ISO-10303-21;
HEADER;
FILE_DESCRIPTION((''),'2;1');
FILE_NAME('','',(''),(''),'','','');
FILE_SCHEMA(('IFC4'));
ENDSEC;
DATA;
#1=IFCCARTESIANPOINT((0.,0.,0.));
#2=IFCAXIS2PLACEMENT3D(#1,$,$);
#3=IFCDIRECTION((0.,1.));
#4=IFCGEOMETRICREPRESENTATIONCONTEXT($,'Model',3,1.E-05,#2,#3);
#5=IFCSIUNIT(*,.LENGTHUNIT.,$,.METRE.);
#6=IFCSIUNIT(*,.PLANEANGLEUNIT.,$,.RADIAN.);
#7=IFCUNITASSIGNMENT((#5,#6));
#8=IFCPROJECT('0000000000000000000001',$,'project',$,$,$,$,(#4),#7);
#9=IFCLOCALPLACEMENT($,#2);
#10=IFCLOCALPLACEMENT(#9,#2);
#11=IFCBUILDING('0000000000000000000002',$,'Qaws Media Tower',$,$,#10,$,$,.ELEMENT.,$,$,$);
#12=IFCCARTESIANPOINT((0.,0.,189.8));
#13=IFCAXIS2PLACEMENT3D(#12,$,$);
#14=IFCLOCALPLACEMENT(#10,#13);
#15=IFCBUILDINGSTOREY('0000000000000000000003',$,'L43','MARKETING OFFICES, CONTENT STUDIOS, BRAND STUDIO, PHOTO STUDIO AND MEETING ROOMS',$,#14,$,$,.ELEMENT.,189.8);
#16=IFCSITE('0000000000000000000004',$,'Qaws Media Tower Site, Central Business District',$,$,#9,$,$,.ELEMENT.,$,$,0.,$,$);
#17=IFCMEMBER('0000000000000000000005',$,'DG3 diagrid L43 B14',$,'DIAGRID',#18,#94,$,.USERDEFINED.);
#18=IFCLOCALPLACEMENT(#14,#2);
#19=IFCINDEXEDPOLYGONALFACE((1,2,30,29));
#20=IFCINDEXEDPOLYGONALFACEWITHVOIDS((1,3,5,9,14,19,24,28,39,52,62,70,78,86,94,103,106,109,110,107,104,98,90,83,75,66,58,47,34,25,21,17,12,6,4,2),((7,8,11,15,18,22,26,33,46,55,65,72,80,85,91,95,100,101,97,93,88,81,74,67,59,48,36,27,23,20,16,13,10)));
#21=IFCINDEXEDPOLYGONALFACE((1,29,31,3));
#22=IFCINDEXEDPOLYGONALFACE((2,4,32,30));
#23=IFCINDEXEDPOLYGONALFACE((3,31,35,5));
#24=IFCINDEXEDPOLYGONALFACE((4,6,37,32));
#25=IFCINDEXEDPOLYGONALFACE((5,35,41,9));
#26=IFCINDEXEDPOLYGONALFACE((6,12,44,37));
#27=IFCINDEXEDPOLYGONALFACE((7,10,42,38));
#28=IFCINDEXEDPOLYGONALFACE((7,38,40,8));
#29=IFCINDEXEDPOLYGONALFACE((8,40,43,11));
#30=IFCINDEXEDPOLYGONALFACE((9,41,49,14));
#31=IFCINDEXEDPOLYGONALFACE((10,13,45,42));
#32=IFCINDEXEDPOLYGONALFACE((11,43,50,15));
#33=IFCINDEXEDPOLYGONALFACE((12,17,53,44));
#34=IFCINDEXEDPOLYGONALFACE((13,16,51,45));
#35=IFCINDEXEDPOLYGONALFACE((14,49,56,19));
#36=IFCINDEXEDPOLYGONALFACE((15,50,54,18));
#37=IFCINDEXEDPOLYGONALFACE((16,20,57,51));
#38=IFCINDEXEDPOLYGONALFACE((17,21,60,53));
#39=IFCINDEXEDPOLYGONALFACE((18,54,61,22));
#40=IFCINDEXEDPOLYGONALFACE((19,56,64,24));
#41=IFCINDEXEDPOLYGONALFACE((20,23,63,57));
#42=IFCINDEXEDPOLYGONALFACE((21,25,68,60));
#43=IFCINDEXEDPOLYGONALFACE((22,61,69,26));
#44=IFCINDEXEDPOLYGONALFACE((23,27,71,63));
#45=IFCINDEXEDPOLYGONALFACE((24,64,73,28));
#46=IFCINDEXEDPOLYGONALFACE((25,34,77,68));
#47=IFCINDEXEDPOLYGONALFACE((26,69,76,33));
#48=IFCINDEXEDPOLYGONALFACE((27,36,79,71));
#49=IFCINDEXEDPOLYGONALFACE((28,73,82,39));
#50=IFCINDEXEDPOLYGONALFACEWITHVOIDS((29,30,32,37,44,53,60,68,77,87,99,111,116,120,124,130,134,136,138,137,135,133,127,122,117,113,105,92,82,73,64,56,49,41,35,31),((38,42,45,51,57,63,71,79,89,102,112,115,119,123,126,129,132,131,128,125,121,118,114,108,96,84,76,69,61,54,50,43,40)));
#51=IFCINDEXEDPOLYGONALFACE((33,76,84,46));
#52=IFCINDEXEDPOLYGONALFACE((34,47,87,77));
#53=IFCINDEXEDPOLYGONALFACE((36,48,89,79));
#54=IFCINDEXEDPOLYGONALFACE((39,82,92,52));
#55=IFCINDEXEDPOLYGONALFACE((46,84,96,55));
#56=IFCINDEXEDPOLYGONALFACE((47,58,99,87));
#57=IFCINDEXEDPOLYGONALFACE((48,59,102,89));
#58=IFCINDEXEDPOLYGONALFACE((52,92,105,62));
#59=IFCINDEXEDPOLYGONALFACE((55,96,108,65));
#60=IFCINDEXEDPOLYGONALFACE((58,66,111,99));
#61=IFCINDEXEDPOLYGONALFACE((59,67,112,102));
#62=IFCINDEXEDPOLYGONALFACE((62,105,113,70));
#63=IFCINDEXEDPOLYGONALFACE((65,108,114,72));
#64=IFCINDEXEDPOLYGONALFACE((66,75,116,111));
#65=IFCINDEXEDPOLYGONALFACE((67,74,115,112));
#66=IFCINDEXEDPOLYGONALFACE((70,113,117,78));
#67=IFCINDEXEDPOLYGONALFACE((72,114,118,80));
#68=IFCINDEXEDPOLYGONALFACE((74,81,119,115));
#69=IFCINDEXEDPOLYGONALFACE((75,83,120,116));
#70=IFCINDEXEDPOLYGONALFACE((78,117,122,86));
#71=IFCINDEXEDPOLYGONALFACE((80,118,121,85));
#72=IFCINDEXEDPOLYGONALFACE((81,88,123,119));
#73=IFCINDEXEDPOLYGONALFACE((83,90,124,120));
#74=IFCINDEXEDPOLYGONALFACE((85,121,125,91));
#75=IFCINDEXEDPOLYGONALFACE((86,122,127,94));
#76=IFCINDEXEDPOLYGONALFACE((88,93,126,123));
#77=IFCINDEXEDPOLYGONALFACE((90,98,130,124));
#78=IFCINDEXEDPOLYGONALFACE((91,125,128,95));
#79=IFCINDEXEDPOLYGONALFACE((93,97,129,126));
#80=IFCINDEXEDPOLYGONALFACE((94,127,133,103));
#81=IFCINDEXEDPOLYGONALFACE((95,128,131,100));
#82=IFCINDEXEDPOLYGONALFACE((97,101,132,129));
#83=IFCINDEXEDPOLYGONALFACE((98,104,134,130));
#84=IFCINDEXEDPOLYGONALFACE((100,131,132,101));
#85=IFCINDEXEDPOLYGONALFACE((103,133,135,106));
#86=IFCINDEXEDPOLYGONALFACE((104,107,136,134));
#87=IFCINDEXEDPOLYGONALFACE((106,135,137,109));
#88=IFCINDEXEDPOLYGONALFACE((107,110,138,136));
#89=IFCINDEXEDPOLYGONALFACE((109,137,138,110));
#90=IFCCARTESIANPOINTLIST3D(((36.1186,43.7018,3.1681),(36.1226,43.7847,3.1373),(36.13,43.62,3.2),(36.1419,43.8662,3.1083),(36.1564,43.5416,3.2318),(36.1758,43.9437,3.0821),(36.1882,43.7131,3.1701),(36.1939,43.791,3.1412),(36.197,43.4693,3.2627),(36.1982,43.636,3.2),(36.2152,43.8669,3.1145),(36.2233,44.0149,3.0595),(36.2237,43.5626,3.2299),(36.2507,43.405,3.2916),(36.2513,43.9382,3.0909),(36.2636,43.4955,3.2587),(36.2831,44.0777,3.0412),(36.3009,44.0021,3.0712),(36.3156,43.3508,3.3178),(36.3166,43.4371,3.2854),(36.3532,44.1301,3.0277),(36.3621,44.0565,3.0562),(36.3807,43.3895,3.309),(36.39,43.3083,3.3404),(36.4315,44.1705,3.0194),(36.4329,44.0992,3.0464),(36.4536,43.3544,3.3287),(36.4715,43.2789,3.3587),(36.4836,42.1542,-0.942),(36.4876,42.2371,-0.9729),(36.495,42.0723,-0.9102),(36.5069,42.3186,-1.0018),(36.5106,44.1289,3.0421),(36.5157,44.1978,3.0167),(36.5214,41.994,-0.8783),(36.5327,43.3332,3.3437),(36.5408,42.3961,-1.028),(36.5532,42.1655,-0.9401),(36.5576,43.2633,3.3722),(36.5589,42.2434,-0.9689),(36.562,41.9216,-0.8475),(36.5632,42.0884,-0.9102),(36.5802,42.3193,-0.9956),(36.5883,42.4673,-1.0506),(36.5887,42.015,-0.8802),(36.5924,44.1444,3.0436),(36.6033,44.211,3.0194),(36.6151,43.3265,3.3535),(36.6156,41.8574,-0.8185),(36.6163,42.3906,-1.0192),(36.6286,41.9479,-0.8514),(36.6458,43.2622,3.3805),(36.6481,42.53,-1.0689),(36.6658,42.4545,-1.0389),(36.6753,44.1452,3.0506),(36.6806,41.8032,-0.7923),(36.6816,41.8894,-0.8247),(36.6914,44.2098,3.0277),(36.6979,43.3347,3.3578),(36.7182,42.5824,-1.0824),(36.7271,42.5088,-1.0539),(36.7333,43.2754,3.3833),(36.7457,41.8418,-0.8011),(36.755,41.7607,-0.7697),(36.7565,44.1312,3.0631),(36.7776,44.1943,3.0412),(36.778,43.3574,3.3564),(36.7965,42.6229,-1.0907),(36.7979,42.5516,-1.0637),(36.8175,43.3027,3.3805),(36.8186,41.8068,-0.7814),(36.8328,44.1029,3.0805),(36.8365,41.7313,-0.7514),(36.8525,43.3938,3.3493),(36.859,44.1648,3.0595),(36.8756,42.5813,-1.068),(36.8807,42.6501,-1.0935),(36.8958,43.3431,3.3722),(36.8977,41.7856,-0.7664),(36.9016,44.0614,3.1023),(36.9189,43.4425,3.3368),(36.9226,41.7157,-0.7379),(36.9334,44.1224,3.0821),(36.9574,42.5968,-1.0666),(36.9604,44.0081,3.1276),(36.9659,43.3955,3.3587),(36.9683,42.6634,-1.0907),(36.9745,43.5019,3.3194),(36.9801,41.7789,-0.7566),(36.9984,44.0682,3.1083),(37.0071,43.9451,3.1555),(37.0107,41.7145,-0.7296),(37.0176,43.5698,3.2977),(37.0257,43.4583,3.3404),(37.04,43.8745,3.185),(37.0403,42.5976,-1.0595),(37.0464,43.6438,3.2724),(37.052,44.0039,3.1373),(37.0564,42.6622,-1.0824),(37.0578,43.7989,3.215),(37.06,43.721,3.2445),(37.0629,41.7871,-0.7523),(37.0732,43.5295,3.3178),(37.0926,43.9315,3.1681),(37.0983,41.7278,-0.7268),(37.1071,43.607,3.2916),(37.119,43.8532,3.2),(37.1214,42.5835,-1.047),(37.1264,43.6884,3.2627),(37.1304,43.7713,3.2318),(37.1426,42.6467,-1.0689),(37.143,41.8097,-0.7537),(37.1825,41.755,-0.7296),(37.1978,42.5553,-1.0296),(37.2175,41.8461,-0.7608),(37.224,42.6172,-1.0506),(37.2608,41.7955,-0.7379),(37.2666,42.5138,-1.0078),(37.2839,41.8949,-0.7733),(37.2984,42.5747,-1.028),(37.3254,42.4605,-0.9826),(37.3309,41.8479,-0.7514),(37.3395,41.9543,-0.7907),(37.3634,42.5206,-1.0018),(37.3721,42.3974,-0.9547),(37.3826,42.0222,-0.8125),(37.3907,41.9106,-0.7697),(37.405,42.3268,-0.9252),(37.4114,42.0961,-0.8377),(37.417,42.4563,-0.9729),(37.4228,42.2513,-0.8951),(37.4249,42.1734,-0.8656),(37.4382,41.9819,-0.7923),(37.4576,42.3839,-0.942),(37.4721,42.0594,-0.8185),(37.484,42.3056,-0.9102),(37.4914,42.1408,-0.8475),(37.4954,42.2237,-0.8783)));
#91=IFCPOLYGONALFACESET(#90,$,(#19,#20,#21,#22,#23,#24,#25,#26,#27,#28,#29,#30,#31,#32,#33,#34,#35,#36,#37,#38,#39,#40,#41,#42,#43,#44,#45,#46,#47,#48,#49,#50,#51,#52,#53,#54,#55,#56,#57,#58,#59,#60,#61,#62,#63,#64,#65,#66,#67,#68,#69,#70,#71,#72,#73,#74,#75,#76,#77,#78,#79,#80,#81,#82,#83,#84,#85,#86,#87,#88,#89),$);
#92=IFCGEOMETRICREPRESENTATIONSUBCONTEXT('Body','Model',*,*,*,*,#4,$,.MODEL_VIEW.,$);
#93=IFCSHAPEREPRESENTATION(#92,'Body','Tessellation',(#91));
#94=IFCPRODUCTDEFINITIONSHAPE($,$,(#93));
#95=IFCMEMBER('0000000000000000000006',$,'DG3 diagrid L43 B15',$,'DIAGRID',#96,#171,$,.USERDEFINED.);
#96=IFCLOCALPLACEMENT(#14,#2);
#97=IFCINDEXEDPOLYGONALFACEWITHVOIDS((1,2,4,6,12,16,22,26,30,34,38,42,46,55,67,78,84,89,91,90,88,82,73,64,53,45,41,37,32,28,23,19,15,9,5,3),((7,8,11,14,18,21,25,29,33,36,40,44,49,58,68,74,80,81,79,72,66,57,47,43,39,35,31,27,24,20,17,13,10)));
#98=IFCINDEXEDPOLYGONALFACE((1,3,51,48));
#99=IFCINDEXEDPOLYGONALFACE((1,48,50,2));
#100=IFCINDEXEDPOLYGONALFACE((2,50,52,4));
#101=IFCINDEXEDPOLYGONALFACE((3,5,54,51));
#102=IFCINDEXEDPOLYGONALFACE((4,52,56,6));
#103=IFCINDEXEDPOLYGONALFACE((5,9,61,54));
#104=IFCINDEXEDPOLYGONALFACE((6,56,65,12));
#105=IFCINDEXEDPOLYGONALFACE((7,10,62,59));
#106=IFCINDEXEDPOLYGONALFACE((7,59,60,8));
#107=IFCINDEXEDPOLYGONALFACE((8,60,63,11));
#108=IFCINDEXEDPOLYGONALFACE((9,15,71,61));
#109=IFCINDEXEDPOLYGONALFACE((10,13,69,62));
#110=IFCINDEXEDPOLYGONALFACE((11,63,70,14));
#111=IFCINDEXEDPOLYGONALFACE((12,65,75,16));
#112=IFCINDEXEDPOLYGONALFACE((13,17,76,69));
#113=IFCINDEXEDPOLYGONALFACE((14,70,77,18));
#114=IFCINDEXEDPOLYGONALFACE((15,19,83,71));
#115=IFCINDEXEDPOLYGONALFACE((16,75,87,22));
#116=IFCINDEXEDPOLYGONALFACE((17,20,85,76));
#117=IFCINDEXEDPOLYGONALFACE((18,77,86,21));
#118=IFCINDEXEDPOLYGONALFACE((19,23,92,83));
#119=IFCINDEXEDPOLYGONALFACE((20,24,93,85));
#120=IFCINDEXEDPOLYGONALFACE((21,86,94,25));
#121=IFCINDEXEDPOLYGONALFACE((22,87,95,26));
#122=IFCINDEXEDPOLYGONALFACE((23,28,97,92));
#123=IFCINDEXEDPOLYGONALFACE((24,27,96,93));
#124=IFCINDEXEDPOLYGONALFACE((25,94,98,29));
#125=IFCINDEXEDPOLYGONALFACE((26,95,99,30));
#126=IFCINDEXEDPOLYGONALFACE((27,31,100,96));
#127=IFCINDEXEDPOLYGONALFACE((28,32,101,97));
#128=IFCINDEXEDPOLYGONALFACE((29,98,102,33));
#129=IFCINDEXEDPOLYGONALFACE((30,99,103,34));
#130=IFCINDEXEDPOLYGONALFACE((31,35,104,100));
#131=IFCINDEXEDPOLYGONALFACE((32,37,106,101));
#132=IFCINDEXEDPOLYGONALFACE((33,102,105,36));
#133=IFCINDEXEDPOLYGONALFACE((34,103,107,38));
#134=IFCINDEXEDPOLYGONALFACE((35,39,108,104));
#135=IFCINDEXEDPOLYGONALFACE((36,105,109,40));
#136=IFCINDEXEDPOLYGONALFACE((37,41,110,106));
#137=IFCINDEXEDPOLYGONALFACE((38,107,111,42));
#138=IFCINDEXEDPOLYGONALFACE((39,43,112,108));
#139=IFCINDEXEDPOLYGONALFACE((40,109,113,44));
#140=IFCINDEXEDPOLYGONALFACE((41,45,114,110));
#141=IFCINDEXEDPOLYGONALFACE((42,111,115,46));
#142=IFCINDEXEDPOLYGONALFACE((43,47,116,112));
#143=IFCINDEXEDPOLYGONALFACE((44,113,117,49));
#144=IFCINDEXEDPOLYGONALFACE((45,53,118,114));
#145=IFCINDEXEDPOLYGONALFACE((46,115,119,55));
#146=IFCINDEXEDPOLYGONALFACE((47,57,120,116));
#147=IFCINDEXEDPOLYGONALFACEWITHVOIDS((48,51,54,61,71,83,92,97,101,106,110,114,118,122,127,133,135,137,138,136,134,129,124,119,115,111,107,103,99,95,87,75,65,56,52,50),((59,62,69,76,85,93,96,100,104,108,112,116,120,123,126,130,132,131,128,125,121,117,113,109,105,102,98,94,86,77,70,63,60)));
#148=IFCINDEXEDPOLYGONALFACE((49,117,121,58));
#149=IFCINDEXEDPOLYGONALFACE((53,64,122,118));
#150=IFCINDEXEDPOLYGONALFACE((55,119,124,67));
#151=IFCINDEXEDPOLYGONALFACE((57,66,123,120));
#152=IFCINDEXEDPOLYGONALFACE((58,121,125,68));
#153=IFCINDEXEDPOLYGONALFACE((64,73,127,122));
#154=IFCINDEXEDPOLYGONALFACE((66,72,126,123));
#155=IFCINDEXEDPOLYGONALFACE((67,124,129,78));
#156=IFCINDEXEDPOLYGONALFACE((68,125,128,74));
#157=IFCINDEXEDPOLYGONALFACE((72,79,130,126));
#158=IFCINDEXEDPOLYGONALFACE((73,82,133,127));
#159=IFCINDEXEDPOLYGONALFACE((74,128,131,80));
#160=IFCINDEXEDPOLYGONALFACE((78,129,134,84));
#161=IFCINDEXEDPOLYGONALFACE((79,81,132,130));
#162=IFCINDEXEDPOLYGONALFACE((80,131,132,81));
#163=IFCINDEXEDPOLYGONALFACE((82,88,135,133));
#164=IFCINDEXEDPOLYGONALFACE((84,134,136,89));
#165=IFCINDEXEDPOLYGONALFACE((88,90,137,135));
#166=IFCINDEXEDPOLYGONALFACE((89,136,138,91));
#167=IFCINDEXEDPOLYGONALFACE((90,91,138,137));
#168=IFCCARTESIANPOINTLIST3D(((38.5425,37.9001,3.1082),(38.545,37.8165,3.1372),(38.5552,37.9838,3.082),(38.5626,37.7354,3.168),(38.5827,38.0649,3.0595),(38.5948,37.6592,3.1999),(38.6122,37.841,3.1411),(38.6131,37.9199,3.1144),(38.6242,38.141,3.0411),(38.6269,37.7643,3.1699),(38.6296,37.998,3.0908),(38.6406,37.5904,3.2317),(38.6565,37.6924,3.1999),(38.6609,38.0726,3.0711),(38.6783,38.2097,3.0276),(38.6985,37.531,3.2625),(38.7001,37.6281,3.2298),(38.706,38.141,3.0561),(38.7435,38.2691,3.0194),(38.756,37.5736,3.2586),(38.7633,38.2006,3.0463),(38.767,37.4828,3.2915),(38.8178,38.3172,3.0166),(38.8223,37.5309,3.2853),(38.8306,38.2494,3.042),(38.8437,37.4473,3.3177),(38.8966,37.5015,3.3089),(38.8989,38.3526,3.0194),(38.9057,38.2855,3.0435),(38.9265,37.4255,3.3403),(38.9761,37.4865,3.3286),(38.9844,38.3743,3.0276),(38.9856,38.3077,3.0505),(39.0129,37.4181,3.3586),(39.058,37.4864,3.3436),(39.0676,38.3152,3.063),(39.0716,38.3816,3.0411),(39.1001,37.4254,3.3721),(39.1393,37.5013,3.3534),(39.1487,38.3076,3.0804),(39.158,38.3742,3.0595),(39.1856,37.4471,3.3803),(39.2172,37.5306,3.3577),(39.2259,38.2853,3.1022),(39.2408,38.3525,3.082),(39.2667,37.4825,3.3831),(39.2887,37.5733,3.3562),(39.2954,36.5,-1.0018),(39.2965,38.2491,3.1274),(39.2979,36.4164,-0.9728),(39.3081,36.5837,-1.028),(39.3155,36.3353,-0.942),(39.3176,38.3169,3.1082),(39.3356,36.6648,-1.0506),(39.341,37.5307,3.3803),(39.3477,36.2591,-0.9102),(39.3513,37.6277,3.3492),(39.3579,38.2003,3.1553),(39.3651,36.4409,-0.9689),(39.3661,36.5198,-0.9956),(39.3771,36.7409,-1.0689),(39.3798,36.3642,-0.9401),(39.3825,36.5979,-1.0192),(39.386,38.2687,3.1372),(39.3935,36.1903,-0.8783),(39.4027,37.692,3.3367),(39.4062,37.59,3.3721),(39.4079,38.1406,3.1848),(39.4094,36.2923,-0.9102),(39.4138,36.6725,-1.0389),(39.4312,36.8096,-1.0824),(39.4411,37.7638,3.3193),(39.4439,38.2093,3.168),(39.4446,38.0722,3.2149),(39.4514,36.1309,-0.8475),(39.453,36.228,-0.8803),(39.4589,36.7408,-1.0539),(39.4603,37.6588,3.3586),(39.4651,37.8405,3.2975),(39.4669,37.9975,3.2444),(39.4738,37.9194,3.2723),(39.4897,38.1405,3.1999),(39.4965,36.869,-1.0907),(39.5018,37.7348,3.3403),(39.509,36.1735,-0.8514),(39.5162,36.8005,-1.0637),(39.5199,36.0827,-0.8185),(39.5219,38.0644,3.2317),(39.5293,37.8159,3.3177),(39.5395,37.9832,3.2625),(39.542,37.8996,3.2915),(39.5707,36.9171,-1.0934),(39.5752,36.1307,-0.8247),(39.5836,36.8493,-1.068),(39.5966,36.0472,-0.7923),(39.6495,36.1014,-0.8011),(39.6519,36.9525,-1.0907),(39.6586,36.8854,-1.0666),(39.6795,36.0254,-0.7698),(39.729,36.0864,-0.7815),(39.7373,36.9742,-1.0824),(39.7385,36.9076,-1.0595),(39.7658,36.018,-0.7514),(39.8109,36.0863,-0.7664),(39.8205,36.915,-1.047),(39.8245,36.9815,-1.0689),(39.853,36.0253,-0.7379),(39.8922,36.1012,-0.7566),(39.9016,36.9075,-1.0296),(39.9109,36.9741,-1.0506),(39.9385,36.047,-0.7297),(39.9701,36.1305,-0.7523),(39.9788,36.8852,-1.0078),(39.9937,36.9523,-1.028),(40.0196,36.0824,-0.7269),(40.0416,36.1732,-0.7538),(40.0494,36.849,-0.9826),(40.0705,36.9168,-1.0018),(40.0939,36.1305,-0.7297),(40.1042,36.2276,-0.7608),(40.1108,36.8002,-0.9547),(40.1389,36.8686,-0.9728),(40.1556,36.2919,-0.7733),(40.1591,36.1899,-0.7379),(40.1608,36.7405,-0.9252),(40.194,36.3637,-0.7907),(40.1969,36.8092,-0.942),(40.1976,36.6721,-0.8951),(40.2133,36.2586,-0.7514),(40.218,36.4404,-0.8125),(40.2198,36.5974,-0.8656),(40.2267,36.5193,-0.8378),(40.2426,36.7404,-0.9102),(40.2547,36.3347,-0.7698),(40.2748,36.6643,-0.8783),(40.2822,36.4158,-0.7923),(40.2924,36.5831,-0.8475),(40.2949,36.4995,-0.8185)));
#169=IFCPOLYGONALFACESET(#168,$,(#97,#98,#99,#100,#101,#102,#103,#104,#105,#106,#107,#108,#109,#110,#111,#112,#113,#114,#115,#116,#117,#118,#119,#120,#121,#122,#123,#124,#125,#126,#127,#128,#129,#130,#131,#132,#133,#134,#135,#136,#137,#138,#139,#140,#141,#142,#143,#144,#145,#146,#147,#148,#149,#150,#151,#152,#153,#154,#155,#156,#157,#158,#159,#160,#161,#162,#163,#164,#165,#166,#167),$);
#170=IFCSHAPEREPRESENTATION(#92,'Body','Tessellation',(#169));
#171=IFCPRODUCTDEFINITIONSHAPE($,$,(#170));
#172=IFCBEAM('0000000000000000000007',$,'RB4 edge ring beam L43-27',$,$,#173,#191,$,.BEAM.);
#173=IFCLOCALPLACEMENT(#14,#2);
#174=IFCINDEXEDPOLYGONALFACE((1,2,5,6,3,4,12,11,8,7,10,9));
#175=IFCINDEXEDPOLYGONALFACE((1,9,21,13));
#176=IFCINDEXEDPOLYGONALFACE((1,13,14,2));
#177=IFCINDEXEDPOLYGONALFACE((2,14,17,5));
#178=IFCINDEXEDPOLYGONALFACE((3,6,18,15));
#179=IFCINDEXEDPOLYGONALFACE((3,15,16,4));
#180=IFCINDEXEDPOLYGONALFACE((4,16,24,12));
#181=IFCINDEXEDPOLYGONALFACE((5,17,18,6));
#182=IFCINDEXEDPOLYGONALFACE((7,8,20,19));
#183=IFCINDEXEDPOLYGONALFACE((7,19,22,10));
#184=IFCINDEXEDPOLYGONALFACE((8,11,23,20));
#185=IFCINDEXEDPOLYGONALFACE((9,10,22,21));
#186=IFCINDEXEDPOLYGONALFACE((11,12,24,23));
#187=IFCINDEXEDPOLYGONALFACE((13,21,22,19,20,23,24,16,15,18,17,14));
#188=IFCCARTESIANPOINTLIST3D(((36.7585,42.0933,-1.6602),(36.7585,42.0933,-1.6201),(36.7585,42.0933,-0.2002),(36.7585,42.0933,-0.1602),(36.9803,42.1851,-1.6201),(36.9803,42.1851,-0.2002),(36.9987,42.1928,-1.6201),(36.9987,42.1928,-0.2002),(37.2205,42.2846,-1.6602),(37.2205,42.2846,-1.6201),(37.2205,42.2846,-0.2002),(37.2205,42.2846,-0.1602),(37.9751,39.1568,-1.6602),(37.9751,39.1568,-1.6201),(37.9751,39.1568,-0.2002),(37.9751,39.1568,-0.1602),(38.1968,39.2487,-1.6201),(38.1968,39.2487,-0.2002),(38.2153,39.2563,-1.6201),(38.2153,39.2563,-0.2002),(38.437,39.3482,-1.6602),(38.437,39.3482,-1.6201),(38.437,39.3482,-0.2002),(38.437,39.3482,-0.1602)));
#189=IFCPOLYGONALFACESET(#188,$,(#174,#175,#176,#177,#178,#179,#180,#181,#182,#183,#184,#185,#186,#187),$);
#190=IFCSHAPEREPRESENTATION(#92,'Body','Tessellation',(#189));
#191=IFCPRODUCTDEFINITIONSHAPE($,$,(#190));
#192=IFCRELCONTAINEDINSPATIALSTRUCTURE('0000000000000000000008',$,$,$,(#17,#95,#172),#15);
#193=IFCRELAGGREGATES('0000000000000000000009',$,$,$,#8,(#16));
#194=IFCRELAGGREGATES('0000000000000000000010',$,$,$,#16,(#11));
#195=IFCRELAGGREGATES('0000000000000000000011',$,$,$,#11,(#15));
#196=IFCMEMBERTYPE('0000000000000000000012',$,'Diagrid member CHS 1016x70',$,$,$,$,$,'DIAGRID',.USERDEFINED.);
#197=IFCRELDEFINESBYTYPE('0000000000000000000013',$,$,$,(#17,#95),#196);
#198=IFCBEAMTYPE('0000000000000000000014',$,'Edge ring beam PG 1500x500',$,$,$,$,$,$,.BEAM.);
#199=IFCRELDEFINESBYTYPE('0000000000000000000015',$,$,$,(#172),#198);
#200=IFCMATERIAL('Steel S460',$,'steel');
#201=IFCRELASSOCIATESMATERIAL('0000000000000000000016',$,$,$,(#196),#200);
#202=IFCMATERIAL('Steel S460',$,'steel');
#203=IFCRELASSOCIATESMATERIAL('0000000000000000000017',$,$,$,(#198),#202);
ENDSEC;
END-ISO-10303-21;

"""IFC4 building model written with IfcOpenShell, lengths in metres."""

from ifc_helpers import new_model, si_unit, direction, frame, origin, origin_2d, place, context, subcontext, project, spatial, hollow_circle, i_section, extrude, material, material_profile, profile_set, type_object, element, save


model = new_model("IFC4")

# Units and contexts
model_context = context("Model", 3, precision=1e-05, world=origin(), true_north=direction((0.0, 1.0)))
body_context = subcontext(model_context, "Body", "Model", "MODEL_VIEW")
ifc_project = project(units=[si_unit("LENGTHUNIT", "METRE"), si_unit("PLANEANGLEUNIT", "RADIAN")], contexts=[model_context])

# Site, building, storey
site_placement = place(None, origin())
site = spatial("IfcSite", under=ifc_project, at=site_placement, Name="Qaws Media Tower Site, Central Business District", CompositionType="ELEMENT", RefElevation=0.0)
building_placement = place(site_placement, origin())
building = spatial("IfcBuilding", under=site, at=building_placement, Name="Qaws Media Tower", CompositionType="ELEMENT")
storey_placement = place(building_placement, frame((0.0, 0.0, 189.8)))
storey = spatial("IfcBuildingStorey", under=building, at=storey_placement, Name="L43", Description="MARKETING OFFICES, CONTENT STUDIOS, BRAND STUDIO, PHOTO STUDIO AND MEETING ROOMS", CompositionType="ELEMENT", Elevation=189.8)

# Members
ifc_material_1 = material(Name="Steel S460", Category="steel")
ifc_material_profile_1 = material_profile(ifc_material_1, hollow_circle(Radius=0.5081, WallThickness=0.0701, at=origin_2d()), Name="CHS 1016x70")
ifc_profile_set_1 = profile_set([ifc_material_profile_1], Name="Steel S460")
member_type_1 = type_object("IfcMemberType", Name="Diagrid member CHS 1016x70", ElementType="DIAGRID", PredefinedType="USERDEFINED", material=ifc_profile_set_1)
for number, where, z_axis, x_axis, name in (
    (1, (36.9895, 42.189, -0.9102), (-0.082821, 0.351174, 0.93264), (-0.973298, -0.229544, 0.0), "DG3 diagrid L43 B14"),
):
    element("IfcMember", number, at=place(storey_placement, frame(where, z_axis=z_axis, x_axis=x_axis)), inside=storey, type_object=member_type_1, Name=name, ObjectType="DIAGRID", PredefinedType="USERDEFINED", context=body_context, shape_type="SweptSolid", body=[
        extrude(hollow_circle(Radius=0.5081, WallThickness=0.0701, at=origin_2d()), origin(), (0.0, 0.0, 1.0), 4.407),
    ])
member_1_placement = place(storey_placement, frame((39.7952, 36.4998, -0.9102), z_axis=(-0.170855, 0.317721, 0.932664), x_axis=(-0.880732, -0.473614, 0.0)))
element("IfcMember", 2, at=member_1_placement, inside=storey, type_object=member_type_1, Name="DG3 diagrid L43 B15", ObjectType="DIAGRID", PredefinedType="USERDEFINED", context=body_context, shape_type="SweptSolid", body=[
    extrude(hollow_circle(Radius=0.5081, WallThickness=0.0701, at=origin_2d()), origin(), (0.0, 0.0, 1.0), 4.4067),
])

# Beam
ifc_material_2 = material(Name="Steel S460", Category="steel")
ifc_material_profile_2 = material_profile(ifc_material_2, i_section(OverallWidth=0.5, OverallDepth=1.5, WebThickness=0.02, FlangeThickness=0.04, at=origin_2d()), Name="PG 1500x500")
ifc_profile_set_2 = profile_set([ifc_material_profile_2], Name="Steel S460")
beam_type = type_object("IfcBeamType", Name="Edge ring beam PG 1500x500", PredefinedType="BEAM", material=ifc_profile_set_2)
for number, where, z_axis, x_axis, name in (
    (3, (36.9895, 42.189, -0.9102), (0.382738, -0.923857, 0.0), (0.923857, 0.382738, 0.0), "RB4 edge ring beam L43-27"),
):
    element("IfcBeam", number, at=place(storey_placement, frame(where, z_axis=z_axis, x_axis=x_axis)), inside=storey, type_object=beam_type, Name=name, PredefinedType="BEAM", context=body_context, shape_type="SweptSolid", body=[
        extrude(i_section(OverallWidth=0.5, OverallDepth=1.5, WebThickness=0.02, FlangeThickness=0.04, at=origin_2d()), origin(), (0.0, 0.0, 1.0), 3.1785),
    ])

save(model, "model.ifc")
